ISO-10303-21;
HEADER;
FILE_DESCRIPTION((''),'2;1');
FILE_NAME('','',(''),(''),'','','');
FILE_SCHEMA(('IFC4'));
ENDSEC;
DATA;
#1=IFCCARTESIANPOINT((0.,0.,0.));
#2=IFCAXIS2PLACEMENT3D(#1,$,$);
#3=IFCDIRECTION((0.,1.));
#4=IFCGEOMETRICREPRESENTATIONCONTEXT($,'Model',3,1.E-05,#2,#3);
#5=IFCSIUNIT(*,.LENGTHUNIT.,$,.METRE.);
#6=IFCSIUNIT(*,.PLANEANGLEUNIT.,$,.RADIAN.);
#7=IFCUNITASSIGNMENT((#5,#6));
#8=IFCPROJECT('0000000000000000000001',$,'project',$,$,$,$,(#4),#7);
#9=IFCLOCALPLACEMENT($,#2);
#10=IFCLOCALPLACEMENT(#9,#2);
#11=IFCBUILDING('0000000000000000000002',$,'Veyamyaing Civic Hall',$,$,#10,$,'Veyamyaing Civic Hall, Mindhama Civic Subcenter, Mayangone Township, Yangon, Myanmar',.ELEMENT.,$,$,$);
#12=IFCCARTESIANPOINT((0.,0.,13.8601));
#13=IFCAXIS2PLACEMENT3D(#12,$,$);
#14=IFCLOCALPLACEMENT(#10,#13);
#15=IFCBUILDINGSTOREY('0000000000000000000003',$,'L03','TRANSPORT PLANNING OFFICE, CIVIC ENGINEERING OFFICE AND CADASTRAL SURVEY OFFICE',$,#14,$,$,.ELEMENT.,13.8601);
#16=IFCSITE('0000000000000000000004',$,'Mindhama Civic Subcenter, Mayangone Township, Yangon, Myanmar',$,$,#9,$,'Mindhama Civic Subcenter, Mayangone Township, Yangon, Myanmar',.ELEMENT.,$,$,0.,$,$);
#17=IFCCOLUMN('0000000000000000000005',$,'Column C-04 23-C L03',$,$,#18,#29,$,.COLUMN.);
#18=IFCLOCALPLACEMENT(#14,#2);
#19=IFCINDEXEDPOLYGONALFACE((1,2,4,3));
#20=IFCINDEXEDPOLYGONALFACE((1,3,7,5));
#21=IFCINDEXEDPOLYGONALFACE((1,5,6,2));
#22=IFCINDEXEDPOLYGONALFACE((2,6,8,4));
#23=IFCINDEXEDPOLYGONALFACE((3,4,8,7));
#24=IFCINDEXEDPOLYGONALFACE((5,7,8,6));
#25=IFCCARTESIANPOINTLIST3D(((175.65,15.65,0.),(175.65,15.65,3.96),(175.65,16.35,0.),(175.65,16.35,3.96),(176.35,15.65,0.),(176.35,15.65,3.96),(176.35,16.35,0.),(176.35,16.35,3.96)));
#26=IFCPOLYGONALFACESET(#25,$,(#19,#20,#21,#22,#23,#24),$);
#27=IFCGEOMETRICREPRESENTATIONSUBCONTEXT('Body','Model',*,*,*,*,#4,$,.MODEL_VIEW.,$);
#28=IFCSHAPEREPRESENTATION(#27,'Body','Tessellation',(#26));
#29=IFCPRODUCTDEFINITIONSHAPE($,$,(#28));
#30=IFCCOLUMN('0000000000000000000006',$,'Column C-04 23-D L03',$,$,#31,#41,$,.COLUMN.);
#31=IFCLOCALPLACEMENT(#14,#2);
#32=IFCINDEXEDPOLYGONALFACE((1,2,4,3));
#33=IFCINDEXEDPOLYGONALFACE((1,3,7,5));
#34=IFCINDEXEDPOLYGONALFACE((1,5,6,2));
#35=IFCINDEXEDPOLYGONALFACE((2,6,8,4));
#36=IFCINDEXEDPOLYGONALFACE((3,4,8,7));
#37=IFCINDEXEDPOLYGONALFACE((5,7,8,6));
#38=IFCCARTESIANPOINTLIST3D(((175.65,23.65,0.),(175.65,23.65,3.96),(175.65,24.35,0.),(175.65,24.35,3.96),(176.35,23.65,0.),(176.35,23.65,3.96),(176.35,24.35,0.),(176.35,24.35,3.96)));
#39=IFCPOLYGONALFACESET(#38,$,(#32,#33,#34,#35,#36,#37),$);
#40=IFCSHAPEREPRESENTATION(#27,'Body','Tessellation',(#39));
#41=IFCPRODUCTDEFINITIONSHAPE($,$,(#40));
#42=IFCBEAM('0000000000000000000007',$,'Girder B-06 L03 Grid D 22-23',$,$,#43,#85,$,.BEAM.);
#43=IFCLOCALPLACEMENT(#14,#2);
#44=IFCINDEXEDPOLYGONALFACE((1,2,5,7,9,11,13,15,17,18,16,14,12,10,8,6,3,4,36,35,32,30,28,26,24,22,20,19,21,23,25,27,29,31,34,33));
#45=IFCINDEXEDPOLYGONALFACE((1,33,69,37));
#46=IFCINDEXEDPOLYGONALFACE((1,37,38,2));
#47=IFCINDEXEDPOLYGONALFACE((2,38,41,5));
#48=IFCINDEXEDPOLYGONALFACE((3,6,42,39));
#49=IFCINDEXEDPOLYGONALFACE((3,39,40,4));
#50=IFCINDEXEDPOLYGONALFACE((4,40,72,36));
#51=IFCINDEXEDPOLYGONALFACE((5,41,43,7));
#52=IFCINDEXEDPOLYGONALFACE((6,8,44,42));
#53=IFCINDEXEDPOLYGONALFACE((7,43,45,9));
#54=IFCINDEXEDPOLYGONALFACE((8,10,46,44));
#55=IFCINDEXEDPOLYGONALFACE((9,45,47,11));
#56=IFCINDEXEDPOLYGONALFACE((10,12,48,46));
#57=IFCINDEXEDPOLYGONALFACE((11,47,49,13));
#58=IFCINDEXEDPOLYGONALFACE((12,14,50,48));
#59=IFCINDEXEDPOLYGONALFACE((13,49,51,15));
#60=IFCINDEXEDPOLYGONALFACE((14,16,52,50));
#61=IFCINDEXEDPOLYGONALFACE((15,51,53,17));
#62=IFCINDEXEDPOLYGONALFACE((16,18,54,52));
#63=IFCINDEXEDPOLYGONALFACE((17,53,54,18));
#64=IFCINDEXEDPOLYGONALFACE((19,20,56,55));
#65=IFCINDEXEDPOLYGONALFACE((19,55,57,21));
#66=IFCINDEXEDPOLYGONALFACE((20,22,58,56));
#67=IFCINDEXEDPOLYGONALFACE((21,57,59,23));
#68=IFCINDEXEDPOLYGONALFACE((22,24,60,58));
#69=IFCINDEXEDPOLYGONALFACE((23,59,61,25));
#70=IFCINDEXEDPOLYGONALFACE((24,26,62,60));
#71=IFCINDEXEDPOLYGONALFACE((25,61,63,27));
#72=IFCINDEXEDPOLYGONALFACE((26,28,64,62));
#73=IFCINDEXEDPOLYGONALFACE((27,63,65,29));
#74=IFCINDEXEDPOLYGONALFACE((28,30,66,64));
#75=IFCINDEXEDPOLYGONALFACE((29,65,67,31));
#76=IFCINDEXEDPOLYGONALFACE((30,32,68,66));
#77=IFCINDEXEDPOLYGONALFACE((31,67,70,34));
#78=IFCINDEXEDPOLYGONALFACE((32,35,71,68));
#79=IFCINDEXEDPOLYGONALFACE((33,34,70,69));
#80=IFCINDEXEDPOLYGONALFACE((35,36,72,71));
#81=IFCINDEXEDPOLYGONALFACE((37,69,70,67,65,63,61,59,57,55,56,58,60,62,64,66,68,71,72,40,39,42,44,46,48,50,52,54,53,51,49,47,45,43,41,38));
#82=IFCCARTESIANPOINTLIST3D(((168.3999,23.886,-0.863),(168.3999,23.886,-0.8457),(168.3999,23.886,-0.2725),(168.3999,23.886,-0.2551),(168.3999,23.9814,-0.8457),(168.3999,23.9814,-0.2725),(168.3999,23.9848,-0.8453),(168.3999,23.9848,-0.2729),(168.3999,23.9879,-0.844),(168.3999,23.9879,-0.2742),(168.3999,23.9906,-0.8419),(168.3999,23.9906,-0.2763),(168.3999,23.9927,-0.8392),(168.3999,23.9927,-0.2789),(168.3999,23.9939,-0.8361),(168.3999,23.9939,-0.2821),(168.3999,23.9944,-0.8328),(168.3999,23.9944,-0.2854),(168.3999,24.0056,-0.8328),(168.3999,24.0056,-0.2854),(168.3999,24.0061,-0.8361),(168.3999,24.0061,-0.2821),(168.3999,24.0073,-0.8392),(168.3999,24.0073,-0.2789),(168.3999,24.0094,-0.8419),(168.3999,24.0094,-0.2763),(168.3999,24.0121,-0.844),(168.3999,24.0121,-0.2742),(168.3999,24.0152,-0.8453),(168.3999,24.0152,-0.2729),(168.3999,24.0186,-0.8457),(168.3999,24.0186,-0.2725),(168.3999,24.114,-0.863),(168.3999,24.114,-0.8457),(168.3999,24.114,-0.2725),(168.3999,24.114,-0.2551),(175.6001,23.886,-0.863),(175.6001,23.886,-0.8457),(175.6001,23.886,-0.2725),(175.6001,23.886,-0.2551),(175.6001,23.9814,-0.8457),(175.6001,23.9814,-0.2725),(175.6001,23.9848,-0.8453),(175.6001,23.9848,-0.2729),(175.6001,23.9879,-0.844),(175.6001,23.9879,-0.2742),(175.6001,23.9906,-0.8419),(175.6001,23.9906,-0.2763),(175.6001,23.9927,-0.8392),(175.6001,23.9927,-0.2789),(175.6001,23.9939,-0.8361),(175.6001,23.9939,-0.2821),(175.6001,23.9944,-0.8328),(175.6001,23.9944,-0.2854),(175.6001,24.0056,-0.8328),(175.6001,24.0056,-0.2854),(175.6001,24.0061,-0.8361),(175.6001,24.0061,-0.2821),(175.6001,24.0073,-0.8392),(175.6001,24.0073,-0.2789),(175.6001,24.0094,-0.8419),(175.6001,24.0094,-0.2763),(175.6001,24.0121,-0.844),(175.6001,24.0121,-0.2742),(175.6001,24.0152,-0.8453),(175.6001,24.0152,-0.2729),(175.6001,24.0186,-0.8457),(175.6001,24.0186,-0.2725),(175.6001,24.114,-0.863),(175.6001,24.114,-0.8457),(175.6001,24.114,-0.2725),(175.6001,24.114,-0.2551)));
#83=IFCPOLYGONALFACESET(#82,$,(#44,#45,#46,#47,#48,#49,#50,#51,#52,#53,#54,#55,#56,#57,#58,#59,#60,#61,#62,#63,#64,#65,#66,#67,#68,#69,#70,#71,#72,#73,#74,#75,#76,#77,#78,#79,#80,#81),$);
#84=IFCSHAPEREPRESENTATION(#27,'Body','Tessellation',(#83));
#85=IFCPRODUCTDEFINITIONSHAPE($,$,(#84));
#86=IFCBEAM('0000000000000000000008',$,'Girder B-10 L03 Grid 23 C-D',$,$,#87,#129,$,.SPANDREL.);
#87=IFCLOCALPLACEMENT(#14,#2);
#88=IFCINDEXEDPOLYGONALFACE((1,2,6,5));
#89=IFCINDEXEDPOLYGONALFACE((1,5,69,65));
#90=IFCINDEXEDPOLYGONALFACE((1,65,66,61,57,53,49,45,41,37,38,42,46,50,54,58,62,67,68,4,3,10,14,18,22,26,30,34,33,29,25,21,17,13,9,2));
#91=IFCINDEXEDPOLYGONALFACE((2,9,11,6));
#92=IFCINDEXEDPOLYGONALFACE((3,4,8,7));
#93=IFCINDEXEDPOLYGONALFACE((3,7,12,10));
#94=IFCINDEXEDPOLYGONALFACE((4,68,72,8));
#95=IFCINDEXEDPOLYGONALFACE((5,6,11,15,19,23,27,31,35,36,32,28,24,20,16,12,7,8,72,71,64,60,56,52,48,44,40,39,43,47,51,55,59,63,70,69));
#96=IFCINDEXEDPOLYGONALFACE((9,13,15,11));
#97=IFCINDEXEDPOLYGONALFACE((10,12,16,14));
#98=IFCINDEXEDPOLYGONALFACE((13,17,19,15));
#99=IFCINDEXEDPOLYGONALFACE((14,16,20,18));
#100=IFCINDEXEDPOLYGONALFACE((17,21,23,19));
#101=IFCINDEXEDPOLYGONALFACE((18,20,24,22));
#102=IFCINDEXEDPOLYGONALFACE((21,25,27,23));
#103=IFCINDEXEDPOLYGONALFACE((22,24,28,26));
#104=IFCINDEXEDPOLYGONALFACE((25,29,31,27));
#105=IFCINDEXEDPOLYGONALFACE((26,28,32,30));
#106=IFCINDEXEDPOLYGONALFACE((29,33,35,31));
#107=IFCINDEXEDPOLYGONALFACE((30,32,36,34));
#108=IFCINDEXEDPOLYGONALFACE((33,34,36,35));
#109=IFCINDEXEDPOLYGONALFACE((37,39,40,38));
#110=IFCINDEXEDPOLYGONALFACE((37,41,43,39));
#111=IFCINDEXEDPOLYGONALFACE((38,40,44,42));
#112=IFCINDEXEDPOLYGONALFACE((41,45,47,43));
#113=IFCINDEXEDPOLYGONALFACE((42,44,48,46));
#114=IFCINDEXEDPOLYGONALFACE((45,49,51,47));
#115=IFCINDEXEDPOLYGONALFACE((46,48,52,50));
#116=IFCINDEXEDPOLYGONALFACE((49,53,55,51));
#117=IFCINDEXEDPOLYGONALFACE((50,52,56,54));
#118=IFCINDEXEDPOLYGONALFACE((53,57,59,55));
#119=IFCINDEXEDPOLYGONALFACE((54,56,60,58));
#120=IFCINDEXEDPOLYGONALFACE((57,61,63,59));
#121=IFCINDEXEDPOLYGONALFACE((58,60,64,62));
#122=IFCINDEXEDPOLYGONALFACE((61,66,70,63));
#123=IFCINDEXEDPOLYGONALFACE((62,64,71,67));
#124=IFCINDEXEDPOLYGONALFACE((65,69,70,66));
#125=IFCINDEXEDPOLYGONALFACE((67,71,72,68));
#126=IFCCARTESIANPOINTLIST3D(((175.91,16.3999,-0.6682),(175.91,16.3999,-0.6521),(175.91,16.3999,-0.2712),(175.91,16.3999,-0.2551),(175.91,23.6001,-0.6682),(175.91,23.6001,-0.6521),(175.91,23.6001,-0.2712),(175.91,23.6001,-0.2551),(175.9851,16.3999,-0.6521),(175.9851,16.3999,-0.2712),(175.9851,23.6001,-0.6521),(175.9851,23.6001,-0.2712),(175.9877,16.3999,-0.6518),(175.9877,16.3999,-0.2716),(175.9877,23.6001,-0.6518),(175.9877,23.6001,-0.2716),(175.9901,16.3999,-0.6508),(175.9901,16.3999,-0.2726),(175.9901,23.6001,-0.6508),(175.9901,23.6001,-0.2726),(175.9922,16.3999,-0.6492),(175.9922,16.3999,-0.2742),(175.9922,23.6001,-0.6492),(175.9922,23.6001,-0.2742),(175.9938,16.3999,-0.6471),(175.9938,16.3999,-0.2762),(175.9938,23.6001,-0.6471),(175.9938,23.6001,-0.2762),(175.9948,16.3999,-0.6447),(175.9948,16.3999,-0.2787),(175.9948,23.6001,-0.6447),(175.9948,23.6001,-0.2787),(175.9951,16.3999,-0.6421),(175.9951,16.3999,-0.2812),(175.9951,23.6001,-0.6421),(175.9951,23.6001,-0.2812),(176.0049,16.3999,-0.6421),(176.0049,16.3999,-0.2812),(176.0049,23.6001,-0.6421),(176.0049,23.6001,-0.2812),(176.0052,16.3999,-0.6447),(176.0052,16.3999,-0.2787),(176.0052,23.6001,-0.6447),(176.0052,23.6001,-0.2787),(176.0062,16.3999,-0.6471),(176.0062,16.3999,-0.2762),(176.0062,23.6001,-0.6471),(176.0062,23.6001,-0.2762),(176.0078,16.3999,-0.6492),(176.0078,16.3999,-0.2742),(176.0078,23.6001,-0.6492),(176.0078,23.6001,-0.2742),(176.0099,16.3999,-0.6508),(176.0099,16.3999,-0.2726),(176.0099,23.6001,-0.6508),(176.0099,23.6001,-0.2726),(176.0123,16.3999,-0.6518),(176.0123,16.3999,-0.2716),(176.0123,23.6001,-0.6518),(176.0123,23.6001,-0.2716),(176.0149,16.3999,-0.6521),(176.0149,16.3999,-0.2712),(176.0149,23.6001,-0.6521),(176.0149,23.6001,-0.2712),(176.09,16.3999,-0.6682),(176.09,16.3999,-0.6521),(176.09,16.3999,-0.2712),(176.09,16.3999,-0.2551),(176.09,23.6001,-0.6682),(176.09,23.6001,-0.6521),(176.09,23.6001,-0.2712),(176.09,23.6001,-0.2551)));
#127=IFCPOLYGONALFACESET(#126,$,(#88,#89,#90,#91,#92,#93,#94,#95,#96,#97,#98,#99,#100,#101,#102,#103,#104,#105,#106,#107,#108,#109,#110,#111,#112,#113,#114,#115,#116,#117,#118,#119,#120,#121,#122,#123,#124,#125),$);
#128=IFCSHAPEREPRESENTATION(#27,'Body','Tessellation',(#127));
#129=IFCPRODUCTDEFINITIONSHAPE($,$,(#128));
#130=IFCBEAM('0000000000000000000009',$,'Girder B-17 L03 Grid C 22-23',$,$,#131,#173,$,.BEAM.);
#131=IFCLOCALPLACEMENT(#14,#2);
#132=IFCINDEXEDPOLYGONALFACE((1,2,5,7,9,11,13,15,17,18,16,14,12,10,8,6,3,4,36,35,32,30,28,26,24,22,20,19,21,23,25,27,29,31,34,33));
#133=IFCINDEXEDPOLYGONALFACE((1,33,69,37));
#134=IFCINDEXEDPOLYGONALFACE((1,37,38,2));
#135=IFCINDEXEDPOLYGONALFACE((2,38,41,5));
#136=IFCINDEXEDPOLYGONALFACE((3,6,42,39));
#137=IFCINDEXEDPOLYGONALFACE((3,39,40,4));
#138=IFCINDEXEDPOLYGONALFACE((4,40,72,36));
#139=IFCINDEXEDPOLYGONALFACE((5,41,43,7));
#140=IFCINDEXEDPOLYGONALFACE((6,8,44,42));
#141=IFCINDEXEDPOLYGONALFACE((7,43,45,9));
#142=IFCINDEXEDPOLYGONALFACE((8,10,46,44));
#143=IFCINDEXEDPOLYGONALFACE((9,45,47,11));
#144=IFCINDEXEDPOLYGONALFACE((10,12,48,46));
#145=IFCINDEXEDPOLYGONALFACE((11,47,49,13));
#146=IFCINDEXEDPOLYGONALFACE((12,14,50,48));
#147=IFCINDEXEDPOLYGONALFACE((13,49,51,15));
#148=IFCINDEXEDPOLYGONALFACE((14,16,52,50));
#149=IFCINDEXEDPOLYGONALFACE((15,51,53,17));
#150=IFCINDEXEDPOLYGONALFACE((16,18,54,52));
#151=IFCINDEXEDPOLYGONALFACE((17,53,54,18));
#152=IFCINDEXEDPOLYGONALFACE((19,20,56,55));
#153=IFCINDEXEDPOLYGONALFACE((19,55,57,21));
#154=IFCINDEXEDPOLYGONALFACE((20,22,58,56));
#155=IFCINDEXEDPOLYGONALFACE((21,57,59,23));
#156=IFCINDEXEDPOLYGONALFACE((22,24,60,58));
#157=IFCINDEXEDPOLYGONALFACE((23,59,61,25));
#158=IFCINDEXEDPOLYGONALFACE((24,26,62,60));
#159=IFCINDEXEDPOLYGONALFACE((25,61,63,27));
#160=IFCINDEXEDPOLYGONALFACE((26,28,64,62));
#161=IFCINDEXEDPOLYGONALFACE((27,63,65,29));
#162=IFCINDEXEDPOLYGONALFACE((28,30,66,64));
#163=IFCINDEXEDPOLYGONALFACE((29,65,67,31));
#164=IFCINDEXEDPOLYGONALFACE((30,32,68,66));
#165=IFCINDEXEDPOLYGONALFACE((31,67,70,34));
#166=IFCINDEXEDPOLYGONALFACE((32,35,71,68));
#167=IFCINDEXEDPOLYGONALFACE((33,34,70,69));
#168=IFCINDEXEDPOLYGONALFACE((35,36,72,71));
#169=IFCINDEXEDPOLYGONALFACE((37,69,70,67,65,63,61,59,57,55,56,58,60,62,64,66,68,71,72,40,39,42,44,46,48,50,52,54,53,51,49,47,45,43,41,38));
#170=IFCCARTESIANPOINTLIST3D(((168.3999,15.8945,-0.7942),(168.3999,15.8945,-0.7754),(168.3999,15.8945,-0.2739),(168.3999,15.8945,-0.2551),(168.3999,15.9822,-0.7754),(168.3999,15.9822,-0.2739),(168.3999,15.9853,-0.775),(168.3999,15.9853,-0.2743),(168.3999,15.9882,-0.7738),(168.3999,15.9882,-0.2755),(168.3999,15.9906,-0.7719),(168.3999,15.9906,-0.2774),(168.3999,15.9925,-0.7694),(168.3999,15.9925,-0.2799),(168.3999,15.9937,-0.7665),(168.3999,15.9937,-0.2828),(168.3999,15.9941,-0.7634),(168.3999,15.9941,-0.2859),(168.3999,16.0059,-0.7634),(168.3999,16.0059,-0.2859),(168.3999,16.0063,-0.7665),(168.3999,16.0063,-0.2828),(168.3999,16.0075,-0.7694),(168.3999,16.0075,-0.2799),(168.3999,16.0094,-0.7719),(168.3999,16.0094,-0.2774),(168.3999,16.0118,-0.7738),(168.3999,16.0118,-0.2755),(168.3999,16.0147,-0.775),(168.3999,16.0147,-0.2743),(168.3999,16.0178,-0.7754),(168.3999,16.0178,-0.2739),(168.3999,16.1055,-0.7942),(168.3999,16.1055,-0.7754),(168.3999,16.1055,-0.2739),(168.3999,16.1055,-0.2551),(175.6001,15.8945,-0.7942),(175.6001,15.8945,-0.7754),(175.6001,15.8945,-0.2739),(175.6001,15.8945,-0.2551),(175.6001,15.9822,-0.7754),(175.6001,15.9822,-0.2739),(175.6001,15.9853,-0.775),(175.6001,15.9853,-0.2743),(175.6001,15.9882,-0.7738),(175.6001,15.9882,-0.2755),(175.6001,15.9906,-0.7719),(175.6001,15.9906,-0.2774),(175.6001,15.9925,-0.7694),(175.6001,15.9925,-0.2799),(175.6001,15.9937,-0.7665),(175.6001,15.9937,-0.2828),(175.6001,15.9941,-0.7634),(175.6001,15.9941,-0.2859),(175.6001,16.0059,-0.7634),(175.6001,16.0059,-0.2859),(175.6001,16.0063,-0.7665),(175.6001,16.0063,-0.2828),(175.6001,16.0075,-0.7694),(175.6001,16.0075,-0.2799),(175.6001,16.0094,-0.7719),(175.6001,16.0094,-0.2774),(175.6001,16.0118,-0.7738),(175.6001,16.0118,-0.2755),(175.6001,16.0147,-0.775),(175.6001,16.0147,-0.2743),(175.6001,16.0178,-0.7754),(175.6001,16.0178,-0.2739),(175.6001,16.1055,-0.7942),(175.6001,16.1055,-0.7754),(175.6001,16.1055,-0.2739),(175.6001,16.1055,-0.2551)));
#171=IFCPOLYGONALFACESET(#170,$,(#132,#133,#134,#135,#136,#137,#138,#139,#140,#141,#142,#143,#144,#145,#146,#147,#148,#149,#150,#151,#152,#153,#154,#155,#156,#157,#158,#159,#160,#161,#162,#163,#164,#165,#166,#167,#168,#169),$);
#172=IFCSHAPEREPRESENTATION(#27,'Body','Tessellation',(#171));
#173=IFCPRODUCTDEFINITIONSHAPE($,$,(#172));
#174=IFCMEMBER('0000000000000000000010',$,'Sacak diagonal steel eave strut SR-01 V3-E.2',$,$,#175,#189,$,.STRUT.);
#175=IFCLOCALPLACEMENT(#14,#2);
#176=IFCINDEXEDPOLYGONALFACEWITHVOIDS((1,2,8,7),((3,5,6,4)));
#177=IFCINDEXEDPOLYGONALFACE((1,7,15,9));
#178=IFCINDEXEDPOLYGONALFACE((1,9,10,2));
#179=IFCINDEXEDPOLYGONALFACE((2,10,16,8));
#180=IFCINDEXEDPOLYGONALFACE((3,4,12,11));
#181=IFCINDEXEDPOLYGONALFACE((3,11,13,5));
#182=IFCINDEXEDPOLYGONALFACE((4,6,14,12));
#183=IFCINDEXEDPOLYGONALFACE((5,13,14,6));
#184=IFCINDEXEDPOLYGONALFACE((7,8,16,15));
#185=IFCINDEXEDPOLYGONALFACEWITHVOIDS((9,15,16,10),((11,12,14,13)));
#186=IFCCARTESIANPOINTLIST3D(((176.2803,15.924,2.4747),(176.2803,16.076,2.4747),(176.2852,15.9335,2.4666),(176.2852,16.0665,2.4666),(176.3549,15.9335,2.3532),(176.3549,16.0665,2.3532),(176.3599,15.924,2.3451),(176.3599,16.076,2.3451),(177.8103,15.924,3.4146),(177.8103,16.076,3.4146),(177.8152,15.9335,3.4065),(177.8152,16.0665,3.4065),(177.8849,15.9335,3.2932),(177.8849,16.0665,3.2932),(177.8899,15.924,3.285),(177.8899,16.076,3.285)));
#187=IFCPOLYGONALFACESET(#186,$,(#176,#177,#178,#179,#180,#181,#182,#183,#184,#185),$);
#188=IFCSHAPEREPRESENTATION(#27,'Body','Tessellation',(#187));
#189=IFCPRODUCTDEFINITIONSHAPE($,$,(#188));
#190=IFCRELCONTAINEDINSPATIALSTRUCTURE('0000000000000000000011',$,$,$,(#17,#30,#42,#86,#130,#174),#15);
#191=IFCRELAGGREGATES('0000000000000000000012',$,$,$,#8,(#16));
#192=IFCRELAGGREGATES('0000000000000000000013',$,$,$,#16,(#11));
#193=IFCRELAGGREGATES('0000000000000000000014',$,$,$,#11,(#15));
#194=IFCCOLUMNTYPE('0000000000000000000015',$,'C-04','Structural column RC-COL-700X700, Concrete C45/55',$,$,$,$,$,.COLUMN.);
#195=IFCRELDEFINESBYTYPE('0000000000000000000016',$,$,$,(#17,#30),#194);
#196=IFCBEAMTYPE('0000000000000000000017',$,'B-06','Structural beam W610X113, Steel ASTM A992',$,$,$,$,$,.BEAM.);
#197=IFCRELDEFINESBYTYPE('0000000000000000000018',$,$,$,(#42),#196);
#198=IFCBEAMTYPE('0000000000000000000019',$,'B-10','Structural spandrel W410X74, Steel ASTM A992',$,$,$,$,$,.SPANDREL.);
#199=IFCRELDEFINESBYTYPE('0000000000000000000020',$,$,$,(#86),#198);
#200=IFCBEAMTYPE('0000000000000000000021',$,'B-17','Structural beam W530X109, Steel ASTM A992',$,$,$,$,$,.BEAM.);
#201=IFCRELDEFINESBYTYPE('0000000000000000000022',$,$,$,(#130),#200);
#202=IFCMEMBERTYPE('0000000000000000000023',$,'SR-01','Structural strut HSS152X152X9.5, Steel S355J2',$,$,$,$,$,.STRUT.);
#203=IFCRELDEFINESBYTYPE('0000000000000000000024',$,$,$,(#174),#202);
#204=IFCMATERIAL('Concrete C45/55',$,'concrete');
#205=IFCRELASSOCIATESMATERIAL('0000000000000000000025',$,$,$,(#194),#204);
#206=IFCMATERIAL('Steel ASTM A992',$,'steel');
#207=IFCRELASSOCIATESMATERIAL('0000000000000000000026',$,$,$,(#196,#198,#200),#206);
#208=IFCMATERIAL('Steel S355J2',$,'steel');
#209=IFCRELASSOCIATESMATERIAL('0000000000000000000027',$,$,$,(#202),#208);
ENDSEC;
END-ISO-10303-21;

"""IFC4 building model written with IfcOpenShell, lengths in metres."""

from ifc_helpers import new_model, si_unit, direction, frame, origin, origin_2d, place, context, subcontext, project, spatial, rectangle, hollow_rectangle, i_section, extrude, material, material_profile, profile_set, type_object, element, save


model = new_model("IFC4")

# Units and contexts
model_context = context("Model", 3, precision=1e-05, world=origin(), true_north=direction((0.0, 1.0)))
body_context = subcontext(model_context, "Body", "Model", "MODEL_VIEW")
ifc_project = project(units=[si_unit("LENGTHUNIT", "METRE"), si_unit("PLANEANGLEUNIT", "RADIAN")], contexts=[model_context])

# Site, building, storey
site_placement = place(None, origin())
site = spatial("IfcSite", under=ifc_project, at=site_placement, Name="Mindhama Civic Subcenter, Mayangone Township, Yangon, Myanmar", LongName="Mindhama Civic Subcenter, Mayangone Township, Yangon, Myanmar", CompositionType="ELEMENT", RefElevation=0.0)
building_placement = place(site_placement, origin())
building = spatial("IfcBuilding", under=site, at=building_placement, Name="Veyamyaing Civic Hall", LongName="Veyamyaing Civic Hall, Mindhama Civic Subcenter, Mayangone Township, Yangon, Myanmar", CompositionType="ELEMENT")
storey_placement = place(building_placement, frame((0.0, 0.0, 13.8601)))
storey = spatial("IfcBuildingStorey", under=building, at=storey_placement, Name="L03", Description="TRANSPORT PLANNING OFFICE, CIVIC ENGINEERING OFFICE AND CADASTRAL SURVEY OFFICE", CompositionType="ELEMENT", Elevation=13.8601)

# Columns
ifc_material_1 = material(Name="Concrete C45/55", Category="concrete")
ifc_material_profile_1 = material_profile(ifc_material_1, rectangle(XDim=0.7, YDim=0.7, at=origin_2d()), Name="RC-COL-700X700")
ifc_profile_set_1 = profile_set([ifc_material_profile_1], Name="Concrete C45/55")
column_type = type_object("IfcColumnType", Name="C-04", Description="Structural column RC-COL-700X700, Concrete C45/55", PredefinedType="COLUMN", material=ifc_profile_set_1)
for number, where, z_axis, x_axis, name in (
    (1, (176.0, 16.0, 0.0), (0.0, 0.0, 1.0), (1.0, 0.0, 0.0), "Column C-04 23-C L03"),
    (2, (176.0, 24.0, 0.0), (0.0, 0.0, 1.0), (1.0, 0.0, 0.0), "Column C-04 23-D L03"),
):
    element("IfcColumn", number, at=place(storey_placement, frame(where, z_axis=z_axis, x_axis=x_axis)), inside=storey, type_object=column_type, Name=name, PredefinedType="COLUMN", context=body_context, shape_type="SweptSolid", body=[
        extrude(rectangle(XDim=0.7, YDim=0.7, at=origin_2d()), origin(), (0.0, 0.0, 1.0), 3.96),
    ])

# Beams
ifc_material_2 = material(Name="Steel ASTM A992", Category="steel")
ifc_material_profile_2 = material_profile(ifc_material_2, i_section(OverallWidth=0.228, OverallDepth=0.6079, WebThickness=0.0112, FlangeThickness=0.0173, FilletRadius=0.0129, at=origin_2d()), Name="W610X113")
ifc_profile_set_2 = profile_set([ifc_material_profile_2], Name="Steel ASTM A992")
beam_type_1 = type_object("IfcBeamType", Name="B-06", Description="Structural beam W610X113, Steel ASTM A992", PredefinedType="BEAM", material=ifc_profile_set_2)
beam_1_placement = place(storey_placement, frame((168.3999, 24.0, -0.5591), z_axis=(1.0, 0.0, 0.0), x_axis=(0.0, 1.0, 0.0)))
element("IfcBeam", 3, at=beam_1_placement, inside=storey, type_object=beam_type_1, Name="Girder B-06 L03 Grid D 22-23", PredefinedType="BEAM", context=body_context, shape_type="SweptSolid", body=[
    extrude(i_section(OverallWidth=0.228, OverallDepth=0.6079, WebThickness=0.0112, FlangeThickness=0.0173, FilletRadius=0.0129, at=origin_2d()), origin(), (0.0, 0.0, 1.0), 7.2002),
])
ifc_material_profile_3 = material_profile(ifc_material_2, i_section(OverallWidth=0.1799, OverallDepth=0.4131, WebThickness=0.0098, FlangeThickness=0.0161, FilletRadius=0.01, at=origin_2d()), Name="W410X74")
ifc_profile_set_3 = profile_set([ifc_material_profile_3], Name="Steel ASTM A992")
beam_type_2 = type_object("IfcBeamType", Name="B-10", Description="Structural spandrel W410X74, Steel ASTM A992", PredefinedType="SPANDREL", material=ifc_profile_set_3)
beam_2_placement = place(storey_placement, frame((176.0, 16.3999, -0.4617), z_axis=(0.0, 1.0, 0.0), x_axis=(-1.0, 0.0, 0.0)))
element("IfcBeam", 4, at=beam_2_placement, inside=storey, type_object=beam_type_2, Name="Girder B-10 L03 Grid 23 C-D", PredefinedType="SPANDREL", context=body_context, shape_type="SweptSolid", body=[
    extrude(i_section(OverallWidth=0.1799, OverallDepth=0.4131, WebThickness=0.0098, FlangeThickness=0.0161, FilletRadius=0.01, at=origin_2d()), origin(), (0.0, 0.0, 1.0), 7.2002),
])
ifc_material_profile_4 = material_profile(ifc_material_2, i_section(OverallWidth=0.2109, OverallDepth=0.5391, WebThickness=0.0117, FlangeThickness=0.0188, FilletRadius=0.012, at=origin_2d()), Name="W530X109")
ifc_profile_set_4 = profile_set([ifc_material_profile_4], Name="Steel ASTM A992")
beam_type_3 = type_object("IfcBeamType", Name="B-17", Description="Structural beam W530X109, Steel ASTM A992", PredefinedType="BEAM", material=ifc_profile_set_4)
beam_3_placement = place(storey_placement, frame((168.3999, 16.0, -0.5247), z_axis=(1.0, 0.0, 0.0), x_axis=(0.0, 1.0, 0.0)))
element("IfcBeam", 5, at=beam_3_placement, inside=storey, type_object=beam_type_3, Name="Girder B-17 L03 Grid C 22-23", PredefinedType="BEAM", context=body_context, shape_type="SweptSolid", body=[
    extrude(i_section(OverallWidth=0.2109, OverallDepth=0.5391, WebThickness=0.0117, FlangeThickness=0.0188, FilletRadius=0.012, at=origin_2d()), origin(), (0.0, 0.0, 1.0), 7.2002),
])

# Member
ifc_material_3 = material(Name="Steel S355J2", Category="steel")
ifc_material_profile_5 = material_profile(ifc_material_3, hollow_rectangle(XDim=0.1521, YDim=0.1521, WallThickness=0.0095, at=origin_2d()), Name="HSS152X152X9.5")
ifc_profile_set_5 = profile_set([ifc_material_profile_5], Name="Steel S355J2")
member_type = type_object("IfcMemberType", Name="SR-01", Description="Structural strut HSS152X152X9.5, Steel S355J2", PredefinedType="STRUT", material=ifc_profile_set_5)
for number, where, z_axis, x_axis, name in (
    (6, (176.3201, 16.0, 2.4099), (0.85206, 0.0, 0.523445), (0.0, 1.0, 0.0), "Sacak diagonal steel eave strut SR-01 V3-E.2"),
):
    element("IfcMember", number, at=place(storey_placement, frame(where, z_axis=z_axis, x_axis=x_axis)), inside=storey, type_object=member_type, Name=name, PredefinedType="STRUT", context=body_context, shape_type="SweptSolid", body=[
        extrude(hollow_rectangle(XDim=0.1521, YDim=0.1521, WallThickness=0.0095, at=origin_2d()), origin(), (0.0, 0.0, 1.0), 1.7957),
    ])

save(model, "model.ifc")
